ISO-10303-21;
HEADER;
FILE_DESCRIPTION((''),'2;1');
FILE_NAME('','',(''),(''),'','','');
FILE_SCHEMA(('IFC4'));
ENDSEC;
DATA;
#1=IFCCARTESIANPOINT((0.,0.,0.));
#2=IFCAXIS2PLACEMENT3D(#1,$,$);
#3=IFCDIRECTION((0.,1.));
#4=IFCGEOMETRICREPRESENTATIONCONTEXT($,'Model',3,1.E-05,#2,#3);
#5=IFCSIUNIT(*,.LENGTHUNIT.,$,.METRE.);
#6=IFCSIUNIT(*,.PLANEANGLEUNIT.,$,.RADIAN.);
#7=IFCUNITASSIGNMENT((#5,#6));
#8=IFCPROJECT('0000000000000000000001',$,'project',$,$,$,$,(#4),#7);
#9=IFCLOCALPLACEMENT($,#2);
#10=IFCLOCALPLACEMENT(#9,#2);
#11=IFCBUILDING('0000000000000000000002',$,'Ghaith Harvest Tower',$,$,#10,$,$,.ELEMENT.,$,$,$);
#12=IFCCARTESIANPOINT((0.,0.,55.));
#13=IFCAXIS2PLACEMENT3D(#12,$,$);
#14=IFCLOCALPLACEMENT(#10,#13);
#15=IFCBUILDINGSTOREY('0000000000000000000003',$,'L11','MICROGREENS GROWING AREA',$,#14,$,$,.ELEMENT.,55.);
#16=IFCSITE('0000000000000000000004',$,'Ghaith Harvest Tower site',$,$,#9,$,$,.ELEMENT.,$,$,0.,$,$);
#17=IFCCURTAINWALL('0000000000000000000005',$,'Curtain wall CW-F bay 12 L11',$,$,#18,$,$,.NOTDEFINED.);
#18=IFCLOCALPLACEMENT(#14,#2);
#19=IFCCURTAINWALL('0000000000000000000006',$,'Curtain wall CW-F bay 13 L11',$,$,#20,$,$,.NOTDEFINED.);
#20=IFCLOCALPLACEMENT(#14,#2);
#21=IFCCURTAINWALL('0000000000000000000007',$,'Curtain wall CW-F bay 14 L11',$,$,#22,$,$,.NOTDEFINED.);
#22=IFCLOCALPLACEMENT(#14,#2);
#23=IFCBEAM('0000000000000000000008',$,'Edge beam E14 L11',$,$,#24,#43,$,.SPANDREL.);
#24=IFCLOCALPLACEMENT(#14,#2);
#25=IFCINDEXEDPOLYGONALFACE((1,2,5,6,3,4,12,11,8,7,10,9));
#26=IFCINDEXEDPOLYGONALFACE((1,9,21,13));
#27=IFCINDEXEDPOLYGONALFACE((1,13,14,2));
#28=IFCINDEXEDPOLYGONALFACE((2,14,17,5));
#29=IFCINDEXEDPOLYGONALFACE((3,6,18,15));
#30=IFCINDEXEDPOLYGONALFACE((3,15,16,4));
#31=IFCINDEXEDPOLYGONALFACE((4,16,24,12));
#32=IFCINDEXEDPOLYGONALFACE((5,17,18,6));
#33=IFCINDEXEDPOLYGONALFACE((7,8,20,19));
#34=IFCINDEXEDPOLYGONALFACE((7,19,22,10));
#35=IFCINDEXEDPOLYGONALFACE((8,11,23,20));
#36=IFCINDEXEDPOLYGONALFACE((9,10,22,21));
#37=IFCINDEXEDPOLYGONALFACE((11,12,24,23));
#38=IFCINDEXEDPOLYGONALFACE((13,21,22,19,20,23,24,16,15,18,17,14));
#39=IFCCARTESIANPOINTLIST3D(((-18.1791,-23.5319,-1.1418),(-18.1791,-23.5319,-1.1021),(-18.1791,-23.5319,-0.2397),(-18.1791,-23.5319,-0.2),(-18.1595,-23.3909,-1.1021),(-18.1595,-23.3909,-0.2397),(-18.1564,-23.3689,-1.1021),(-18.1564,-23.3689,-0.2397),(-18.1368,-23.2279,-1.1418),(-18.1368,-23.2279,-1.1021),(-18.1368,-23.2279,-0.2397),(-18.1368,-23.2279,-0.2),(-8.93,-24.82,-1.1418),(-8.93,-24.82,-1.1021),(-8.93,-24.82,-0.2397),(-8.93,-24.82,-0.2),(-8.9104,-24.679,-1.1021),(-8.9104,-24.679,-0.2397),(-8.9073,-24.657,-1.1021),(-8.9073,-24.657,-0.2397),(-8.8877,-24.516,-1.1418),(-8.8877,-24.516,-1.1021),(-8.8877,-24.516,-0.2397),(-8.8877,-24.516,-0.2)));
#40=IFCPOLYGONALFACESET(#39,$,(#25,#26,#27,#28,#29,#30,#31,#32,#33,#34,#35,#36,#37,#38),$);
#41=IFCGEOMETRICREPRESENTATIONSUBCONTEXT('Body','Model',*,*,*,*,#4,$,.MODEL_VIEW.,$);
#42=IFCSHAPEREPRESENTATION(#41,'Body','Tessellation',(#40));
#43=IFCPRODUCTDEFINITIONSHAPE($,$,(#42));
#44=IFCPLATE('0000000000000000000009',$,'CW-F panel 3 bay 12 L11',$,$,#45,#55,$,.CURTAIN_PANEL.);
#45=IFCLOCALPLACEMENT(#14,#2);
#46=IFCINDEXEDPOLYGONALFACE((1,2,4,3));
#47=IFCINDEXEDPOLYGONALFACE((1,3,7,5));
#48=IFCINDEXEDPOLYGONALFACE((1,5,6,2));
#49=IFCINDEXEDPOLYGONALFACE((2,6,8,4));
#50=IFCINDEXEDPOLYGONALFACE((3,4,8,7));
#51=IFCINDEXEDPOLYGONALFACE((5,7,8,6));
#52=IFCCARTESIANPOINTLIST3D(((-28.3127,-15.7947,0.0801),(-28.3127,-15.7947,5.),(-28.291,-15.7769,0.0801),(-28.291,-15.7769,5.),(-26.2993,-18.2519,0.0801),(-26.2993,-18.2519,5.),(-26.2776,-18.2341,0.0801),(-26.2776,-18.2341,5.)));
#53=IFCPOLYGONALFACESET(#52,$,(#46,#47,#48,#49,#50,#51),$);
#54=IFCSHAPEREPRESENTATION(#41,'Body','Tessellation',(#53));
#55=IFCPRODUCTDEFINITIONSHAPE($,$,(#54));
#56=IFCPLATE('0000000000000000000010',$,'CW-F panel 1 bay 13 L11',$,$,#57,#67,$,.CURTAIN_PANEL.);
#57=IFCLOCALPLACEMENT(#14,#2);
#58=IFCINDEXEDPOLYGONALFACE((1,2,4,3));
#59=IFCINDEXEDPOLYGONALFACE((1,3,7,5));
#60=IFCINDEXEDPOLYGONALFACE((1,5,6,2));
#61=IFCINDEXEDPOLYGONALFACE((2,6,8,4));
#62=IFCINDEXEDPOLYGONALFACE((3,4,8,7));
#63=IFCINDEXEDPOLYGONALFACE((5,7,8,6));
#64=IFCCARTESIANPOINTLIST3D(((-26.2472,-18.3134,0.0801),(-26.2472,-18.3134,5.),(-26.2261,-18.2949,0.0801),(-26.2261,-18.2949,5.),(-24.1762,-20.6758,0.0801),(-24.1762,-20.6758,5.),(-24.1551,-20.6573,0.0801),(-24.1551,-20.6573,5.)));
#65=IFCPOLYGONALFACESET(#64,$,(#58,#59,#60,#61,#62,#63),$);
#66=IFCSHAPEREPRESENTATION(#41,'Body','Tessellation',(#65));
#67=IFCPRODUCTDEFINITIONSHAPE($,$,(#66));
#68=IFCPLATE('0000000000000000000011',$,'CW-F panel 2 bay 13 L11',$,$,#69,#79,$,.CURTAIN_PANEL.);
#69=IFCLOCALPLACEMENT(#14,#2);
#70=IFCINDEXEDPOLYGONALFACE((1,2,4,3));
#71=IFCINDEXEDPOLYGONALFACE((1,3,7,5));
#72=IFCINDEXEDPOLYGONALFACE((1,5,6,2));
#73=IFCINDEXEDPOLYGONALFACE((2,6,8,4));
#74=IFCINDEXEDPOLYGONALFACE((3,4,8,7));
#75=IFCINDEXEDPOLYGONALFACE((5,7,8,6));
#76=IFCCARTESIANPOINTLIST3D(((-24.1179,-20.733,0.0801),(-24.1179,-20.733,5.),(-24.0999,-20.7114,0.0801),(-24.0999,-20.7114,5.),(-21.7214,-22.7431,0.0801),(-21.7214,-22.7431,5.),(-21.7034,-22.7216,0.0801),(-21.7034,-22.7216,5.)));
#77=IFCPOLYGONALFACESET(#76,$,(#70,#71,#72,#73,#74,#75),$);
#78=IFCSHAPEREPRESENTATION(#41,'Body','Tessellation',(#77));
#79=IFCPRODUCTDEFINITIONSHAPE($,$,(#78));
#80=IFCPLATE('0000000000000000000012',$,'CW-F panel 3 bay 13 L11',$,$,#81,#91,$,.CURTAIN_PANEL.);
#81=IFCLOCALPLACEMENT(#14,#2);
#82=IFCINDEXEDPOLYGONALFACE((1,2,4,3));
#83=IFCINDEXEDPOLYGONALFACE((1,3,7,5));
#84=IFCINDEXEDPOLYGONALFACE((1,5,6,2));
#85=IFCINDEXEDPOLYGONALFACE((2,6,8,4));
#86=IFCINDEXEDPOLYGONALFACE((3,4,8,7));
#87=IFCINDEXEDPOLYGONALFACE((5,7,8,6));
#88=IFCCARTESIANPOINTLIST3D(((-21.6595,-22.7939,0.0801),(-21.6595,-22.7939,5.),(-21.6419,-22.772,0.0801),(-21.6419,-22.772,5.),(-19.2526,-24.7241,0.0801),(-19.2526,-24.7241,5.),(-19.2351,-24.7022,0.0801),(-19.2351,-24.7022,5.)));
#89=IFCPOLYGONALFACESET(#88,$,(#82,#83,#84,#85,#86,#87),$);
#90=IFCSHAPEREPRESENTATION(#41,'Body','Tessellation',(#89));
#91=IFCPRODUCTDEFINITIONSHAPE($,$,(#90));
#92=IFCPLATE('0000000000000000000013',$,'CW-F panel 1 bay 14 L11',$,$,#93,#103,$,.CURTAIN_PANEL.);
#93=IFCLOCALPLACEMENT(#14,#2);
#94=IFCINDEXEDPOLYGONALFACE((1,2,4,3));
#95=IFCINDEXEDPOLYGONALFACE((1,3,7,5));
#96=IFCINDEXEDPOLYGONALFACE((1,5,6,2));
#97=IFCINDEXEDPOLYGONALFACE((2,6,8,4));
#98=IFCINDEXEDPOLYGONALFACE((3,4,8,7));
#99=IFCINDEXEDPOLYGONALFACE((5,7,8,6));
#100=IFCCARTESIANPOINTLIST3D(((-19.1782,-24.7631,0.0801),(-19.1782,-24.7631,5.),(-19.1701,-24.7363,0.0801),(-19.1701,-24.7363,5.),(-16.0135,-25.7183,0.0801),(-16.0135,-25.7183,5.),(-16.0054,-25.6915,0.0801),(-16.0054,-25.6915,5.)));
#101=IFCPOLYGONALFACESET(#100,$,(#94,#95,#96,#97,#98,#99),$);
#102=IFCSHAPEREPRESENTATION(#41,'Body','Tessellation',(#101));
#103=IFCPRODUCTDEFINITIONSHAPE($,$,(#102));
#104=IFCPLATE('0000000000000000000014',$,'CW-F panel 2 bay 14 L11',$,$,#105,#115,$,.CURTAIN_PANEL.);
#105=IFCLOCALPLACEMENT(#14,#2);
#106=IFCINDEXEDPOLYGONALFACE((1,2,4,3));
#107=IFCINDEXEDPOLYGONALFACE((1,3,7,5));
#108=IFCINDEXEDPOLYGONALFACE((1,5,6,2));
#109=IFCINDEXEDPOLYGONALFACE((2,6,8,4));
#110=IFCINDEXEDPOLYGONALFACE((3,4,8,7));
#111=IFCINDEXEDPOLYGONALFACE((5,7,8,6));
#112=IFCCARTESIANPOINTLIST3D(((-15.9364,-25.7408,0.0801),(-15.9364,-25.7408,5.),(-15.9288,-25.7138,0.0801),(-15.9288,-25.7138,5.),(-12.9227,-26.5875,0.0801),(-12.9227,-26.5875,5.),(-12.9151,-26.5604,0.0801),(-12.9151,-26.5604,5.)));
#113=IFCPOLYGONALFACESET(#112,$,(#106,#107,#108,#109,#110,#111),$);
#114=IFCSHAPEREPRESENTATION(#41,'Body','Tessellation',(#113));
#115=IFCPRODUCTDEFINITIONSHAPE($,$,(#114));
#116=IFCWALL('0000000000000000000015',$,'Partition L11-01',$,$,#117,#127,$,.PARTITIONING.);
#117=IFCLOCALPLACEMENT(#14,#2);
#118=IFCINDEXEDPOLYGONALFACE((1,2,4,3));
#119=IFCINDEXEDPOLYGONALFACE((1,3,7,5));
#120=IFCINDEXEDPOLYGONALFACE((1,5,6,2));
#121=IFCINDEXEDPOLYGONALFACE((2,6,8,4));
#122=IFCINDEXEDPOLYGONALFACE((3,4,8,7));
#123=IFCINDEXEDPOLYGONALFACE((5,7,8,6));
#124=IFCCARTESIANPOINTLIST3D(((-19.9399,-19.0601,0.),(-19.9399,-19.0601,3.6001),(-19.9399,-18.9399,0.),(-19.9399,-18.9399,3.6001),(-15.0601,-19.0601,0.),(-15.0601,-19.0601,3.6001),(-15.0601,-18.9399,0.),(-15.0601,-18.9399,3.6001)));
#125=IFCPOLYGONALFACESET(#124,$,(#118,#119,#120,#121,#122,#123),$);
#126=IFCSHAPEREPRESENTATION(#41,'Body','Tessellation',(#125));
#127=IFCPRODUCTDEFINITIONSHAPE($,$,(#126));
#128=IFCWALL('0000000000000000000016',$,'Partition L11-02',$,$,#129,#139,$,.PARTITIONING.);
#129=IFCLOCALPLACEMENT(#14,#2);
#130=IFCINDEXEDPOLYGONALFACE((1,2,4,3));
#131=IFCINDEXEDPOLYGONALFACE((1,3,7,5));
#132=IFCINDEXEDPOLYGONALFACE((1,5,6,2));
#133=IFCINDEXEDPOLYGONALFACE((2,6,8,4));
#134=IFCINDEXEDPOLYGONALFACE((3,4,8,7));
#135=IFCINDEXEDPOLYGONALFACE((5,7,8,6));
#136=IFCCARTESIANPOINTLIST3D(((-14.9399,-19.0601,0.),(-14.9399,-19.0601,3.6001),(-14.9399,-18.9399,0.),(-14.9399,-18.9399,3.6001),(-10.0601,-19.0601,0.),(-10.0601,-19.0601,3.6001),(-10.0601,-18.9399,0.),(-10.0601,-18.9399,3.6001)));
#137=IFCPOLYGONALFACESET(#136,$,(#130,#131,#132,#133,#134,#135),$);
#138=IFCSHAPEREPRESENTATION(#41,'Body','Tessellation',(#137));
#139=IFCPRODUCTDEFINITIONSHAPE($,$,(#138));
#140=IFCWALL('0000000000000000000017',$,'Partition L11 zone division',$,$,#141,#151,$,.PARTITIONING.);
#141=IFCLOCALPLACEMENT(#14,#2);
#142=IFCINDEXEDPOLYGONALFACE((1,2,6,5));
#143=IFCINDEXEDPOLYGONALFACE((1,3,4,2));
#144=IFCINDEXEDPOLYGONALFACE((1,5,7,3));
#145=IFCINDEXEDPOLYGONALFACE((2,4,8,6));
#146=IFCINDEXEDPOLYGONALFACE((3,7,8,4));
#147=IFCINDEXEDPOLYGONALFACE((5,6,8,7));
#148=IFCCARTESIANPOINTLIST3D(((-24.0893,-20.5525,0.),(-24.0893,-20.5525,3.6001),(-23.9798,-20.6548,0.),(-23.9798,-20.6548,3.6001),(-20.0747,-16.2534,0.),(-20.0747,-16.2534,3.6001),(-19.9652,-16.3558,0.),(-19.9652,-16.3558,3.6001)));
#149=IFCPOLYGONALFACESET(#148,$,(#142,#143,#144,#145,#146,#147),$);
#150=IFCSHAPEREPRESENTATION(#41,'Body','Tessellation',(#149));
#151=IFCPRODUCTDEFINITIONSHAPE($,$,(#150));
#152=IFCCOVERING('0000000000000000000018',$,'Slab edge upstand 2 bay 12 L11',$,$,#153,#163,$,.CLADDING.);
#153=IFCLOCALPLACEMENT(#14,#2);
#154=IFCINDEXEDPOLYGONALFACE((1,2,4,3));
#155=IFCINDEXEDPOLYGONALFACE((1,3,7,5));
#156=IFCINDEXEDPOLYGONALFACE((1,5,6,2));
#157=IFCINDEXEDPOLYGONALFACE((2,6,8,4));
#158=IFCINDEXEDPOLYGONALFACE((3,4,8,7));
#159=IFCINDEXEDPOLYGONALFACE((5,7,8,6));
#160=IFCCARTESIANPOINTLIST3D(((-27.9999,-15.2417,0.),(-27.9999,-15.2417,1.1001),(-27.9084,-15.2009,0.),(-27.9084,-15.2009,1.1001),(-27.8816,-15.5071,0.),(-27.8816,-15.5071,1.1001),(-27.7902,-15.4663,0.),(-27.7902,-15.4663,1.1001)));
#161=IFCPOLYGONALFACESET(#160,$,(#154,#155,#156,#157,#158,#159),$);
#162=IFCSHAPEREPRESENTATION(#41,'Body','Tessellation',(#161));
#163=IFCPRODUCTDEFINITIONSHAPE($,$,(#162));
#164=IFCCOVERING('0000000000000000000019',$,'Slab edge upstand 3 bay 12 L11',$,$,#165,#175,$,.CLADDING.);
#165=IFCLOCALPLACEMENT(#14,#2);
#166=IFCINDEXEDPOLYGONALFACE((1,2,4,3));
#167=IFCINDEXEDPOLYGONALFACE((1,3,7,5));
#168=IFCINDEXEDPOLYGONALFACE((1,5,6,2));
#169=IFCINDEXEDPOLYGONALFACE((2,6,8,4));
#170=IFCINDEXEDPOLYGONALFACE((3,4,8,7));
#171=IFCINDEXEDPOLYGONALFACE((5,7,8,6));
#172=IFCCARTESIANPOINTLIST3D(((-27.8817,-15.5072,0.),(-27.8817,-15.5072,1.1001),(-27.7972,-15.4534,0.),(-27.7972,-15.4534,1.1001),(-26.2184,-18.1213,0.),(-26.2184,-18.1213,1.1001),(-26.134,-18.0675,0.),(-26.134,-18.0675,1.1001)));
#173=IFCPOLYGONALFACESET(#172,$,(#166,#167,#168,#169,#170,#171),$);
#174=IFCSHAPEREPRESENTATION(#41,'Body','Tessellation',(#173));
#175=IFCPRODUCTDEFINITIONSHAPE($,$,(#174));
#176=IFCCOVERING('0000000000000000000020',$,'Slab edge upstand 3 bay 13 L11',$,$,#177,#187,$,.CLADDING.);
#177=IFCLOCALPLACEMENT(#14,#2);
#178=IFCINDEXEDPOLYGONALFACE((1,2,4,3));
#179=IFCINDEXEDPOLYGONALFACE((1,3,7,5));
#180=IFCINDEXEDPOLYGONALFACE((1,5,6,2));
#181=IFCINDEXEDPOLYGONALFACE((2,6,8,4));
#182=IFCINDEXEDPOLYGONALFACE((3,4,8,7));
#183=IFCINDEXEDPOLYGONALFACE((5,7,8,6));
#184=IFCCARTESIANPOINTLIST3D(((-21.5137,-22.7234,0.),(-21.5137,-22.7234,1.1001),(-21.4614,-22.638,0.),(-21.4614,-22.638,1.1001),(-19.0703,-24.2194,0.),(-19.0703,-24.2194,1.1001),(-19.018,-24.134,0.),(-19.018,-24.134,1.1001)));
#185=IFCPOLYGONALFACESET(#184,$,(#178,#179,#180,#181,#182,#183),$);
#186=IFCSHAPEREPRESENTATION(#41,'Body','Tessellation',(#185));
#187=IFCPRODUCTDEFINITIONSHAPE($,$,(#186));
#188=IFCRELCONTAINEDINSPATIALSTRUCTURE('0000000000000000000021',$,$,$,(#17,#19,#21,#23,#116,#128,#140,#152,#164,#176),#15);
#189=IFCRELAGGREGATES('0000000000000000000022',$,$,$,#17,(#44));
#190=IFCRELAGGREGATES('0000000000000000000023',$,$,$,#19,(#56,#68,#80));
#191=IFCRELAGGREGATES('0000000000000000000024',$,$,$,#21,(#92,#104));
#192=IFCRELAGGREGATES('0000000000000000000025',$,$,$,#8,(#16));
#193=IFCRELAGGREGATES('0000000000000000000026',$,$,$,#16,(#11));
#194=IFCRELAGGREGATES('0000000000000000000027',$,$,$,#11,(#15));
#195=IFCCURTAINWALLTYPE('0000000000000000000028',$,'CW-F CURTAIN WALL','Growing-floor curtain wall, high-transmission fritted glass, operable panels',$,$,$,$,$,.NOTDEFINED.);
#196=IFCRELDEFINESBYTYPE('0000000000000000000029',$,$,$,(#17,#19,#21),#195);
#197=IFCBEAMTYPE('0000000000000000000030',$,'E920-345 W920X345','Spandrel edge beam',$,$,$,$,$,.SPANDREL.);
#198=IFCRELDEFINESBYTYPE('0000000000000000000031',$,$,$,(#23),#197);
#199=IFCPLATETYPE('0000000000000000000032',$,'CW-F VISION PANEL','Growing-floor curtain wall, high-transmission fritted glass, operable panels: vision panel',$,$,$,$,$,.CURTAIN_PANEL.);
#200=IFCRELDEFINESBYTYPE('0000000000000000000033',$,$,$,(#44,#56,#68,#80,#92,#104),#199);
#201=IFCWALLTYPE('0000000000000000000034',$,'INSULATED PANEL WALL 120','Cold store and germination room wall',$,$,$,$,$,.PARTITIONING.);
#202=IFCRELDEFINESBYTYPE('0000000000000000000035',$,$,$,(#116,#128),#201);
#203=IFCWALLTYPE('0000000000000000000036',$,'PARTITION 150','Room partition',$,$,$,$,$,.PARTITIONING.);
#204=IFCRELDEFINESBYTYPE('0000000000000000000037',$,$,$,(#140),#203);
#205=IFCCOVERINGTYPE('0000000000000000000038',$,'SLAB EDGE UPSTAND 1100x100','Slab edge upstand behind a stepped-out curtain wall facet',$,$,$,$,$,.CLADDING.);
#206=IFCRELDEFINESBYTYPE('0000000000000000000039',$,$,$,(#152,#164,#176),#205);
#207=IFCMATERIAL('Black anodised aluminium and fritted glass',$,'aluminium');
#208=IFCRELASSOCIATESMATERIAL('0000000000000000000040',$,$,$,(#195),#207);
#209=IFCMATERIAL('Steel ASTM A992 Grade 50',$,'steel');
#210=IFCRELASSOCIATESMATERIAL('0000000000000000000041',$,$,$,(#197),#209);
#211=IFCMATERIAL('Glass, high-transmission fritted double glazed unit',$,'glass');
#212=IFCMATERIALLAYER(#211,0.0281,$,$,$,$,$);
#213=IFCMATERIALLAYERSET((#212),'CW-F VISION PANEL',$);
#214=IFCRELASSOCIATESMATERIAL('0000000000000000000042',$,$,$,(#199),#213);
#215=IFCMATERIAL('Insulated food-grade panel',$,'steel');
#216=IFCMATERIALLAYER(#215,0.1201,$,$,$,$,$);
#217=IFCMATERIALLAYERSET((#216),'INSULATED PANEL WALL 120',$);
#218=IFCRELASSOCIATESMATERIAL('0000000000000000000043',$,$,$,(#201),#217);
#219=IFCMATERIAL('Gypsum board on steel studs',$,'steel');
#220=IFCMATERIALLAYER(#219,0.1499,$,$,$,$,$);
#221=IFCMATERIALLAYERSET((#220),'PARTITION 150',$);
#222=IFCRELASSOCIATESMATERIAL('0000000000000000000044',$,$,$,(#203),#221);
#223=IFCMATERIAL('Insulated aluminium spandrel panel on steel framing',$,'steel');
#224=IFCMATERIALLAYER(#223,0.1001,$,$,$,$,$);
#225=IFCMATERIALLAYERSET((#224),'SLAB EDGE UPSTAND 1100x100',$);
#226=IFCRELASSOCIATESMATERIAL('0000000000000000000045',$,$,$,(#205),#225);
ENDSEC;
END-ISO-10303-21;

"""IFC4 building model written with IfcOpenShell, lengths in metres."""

from ifc_helpers import new_model, si_unit, direction, frame, frame_2d, origin, origin_2d, place, context, subcontext, project, spatial, rectangle, i_section, extrude, material, layer, layer_set, material_profile, profile_set, type_object, element, aggregate, save


model = new_model("IFC4")

# Units and contexts
model_context = context("Model", 3, precision=1e-05, world=origin(), true_north=direction((0.0, 1.0)))
body_context = subcontext(model_context, "Body", "Model", "MODEL_VIEW")
ifc_project = project(units=[si_unit("LENGTHUNIT", "METRE"), si_unit("PLANEANGLEUNIT", "RADIAN")], contexts=[model_context])

# Site, building, storey
site_placement = place(None, origin())
site = spatial("IfcSite", under=ifc_project, at=site_placement, Name="Ghaith Harvest Tower site", CompositionType="ELEMENT", RefElevation=0.0)
building_placement = place(site_placement, origin())
building = spatial("IfcBuilding", under=site, at=building_placement, Name="Ghaith Harvest Tower", CompositionType="ELEMENT")
storey_placement = place(building_placement, frame((0.0, 0.0, 55.0)))
storey = spatial("IfcBuildingStorey", under=building, at=storey_placement, Name="L11", Description="MICROGREENS GROWING AREA", CompositionType="ELEMENT", Elevation=55.0)

# Curtain wall
ifc_material_1 = material(Name="Black anodised aluminium and fritted glass", Category="aluminium")
curtain_wall_type = type_object("IfcCurtainWallType", Name="CW-F CURTAIN WALL", Description="Growing-floor curtain wall, high-transmission fritted glass, operable panels", PredefinedType="NOTDEFINED", material=ifc_material_1)
curtain_wall_1_placement = place(storey_placement, origin())
curtain_wall_1 = element("IfcCurtainWall", 1, at=curtain_wall_1_placement, inside=storey, type_object=curtain_wall_type, Name="Curtain wall CW-F bay 12 L11", PredefinedType="NOTDEFINED")

# Curtain walls
curtain_wall_2_placement = place(storey_placement, origin())
curtain_wall_2 = element("IfcCurtainWall", 2, at=curtain_wall_2_placement, inside=storey, type_object=curtain_wall_type, Name="Curtain wall CW-F bay 13 L11", PredefinedType="NOTDEFINED")
curtain_wall_3_placement = place(storey_placement, origin())
curtain_wall_3 = element("IfcCurtainWall", 3, at=curtain_wall_3_placement, inside=storey, type_object=curtain_wall_type, Name="Curtain wall CW-F bay 14 L11", PredefinedType="NOTDEFINED")

# Beam
ifc_material_2 = material(Name="Steel ASTM A992 Grade 50", Category="steel")
ifc_material_profile_1 = material_profile(ifc_material_2, i_section(OverallWidth=0.3069, OverallDepth=0.9419, WebThickness=0.0222, FlangeThickness=0.0398, at=origin_2d()), Name="W920X345")
ifc_profile_set_1 = profile_set([ifc_material_profile_1], Name="Steel ASTM A992 Grade 50")
beam_type = type_object("IfcBeamType", Name="E920-345 W920X345", Description="Spandrel edge beam", PredefinedType="SPANDREL", material=ifc_profile_set_1)
beam_placement = place(storey_placement, frame((-18.158, -23.3799, -0.6709), z_axis=(0.990441, -0.137936, 0.0), x_axis=(0.137936, 0.990441, 0.0)))
element("IfcBeam", 4, at=beam_placement, inside=storey, type_object=beam_type, Name="Edge beam E14 L11", PredefinedType="SPANDREL", context=body_context, shape_type="SweptSolid", body=[
    extrude(i_section(OverallWidth=0.3069, OverallDepth=0.9419, WebThickness=0.0222, FlangeThickness=0.0398, at=origin_2d()), origin(), (0.0, 0.0, 1.0), 9.3384),
])

# Plates
ifc_material_3 = material(Name="Glass, high-transmission fritted double glazed unit", Category="glass")
ifc_layer_1 = layer(ifc_material_3, 0.0281)
ifc_layer_set_1 = layer_set([ifc_layer_1], Name="CW-F VISION PANEL")
plate_type = type_object("IfcPlateType", Name="CW-F VISION PANEL", Description="Growing-floor curtain wall, high-transmission fritted glass, operable panels: vision panel", PredefinedType="CURTAIN_PANEL", material=ifc_layer_set_1)
plate_1_placement = place(storey_placement, frame((-27.2952, -17.0144, 0.0801), z_axis=(0.0, 0.0, 1.0), x_axis=(0.63379, -0.773505, 0.0)))
plate_1 = element("IfcPlate", 5, at=plate_1_placement, type_object=plate_type, Name="CW-F panel 3 bay 12 L11", PredefinedType="CURTAIN_PANEL", context=body_context, shape_type="SweptSolid", body=[
    extrude(rectangle(XDim=3.1768, YDim=0.0281, at=origin_2d()), origin(), (0.0, 0.0, 1.0), 4.9199),
])
aggregate(curtain_wall_1, [plate_1])
plate_2_placement = place(storey_placement, frame((-25.2012, -19.4854, 0.0801), z_axis=(0.0, 0.0, 1.0), x_axis=(0.659216, -0.751954, 0.0)))
plate_2 = element("IfcPlate", 6, at=plate_2_placement, type_object=plate_type, Name="CW-F panel 1 bay 13 L11", PredefinedType="CURTAIN_PANEL", context=body_context, shape_type="SweptSolid", body=[
    extrude(rectangle(XDim=3.1416, YDim=0.0281, at=origin_2d()), origin(), (0.0, 0.0, 1.0), 4.9199),
])
plate_3_placement = place(storey_placement, frame((-22.9106, -21.7273, 0.0801), z_axis=(0.0, 0.0, 1.0), x_axis=(0.766155, -0.642656, 0.0)))
plate_3 = element("IfcPlate", 7, at=plate_3_placement, type_object=plate_type, Name="CW-F panel 2 bay 13 L11", PredefinedType="CURTAIN_PANEL", context=body_context, shape_type="SweptSolid", body=[
    extrude(rectangle(XDim=3.1279, YDim=0.0281, at=origin_2d()), origin(), (0.0, 0.0, 1.0), 4.9199),
])
plate_4_placement = place(storey_placement, frame((-20.4473, -23.748, 0.0801), z_axis=(0.0, 0.0, 1.0), x_axis=(0.780122, -0.625627, 0.0)))
plate_4 = element("IfcPlate", 8, at=plate_4_placement, type_object=plate_type, Name="CW-F panel 3 bay 13 L11", PredefinedType="CURTAIN_PANEL", context=body_context, shape_type="SweptSolid", body=[
    extrude(rectangle(XDim=3.0852, YDim=0.0281, at=origin_2d()), origin(), (0.0, 0.0, 1.0), 4.9199),
])
aggregate(curtain_wall_2, [plate_2, plate_3, plate_4])
plate_5_placement = place(storey_placement, frame((-17.5918, -25.2273, 0.0801), z_axis=(0.0, 0.0, 1.0), x_axis=(0.957342, -0.288956, 0.0)))
plate_5 = element("IfcPlate", 9, at=plate_5_placement, type_object=plate_type, Name="CW-F panel 1 bay 14 L11", PredefinedType="CURTAIN_PANEL", context=body_context, shape_type="SweptSolid", body=[
    extrude(rectangle(XDim=3.3057, YDim=0.0281, at=origin_2d()), origin(), (0.0, 0.0, 1.0), 4.9199),
])
plate_6_placement = place(storey_placement, frame((-14.4258, -26.1506, 0.0801), z_axis=(0.0, 0.0, 1.0), x_axis=(0.96273, -0.270465, 0.0)))
plate_6 = element("IfcPlate", 10, at=plate_6_placement, type_object=plate_type, Name="CW-F panel 2 bay 14 L11", PredefinedType="CURTAIN_PANEL", context=body_context, shape_type="SweptSolid", body=[
    extrude(rectangle(XDim=3.1304, YDim=0.0281, at=origin_2d()), origin(), (0.0, 0.0, 1.0), 4.9199),
])
aggregate(curtain_wall_3, [plate_5, plate_6])

# Walls
ifc_material_4 = material(Name="Insulated food-grade panel", Category="steel")
ifc_layer_2 = layer(ifc_material_4, 0.1201)
ifc_layer_set_2 = layer_set([ifc_layer_2], Name="INSULATED PANEL WALL 120")
wall_type_1 = type_object("IfcWallType", Name="INSULATED PANEL WALL 120", Description="Cold store and germination room wall", PredefinedType="PARTITIONING", material=ifc_layer_set_2)
for number, where, z_axis, x_axis, name in (
    (11, (-19.9399, -19.0, 0.0), (0.0, 0.0, 1.0), (1.0, 0.0, 0.0), "Partition L11-01"),
    (12, (-14.9399, -19.0, 0.0), (0.0, 0.0, 1.0), (1.0, 0.0, 0.0), "Partition L11-02"),
):
    element("IfcWall", number, at=place(storey_placement, frame(where, z_axis=z_axis, x_axis=x_axis)), inside=storey, type_object=wall_type_1, Name=name, PredefinedType="PARTITIONING", context=body_context, shape_type="SweptSolid", body=[
        extrude(rectangle(XDim=4.8799, YDim=0.1201, at=frame_2d((2.4399, 0.0))), origin(), (0.0, 0.0, 1.0), 3.6001),
    ])
ifc_material_5 = material(Name="Gypsum board on steel studs", Category="steel")
ifc_layer_3 = layer(ifc_material_5, 0.1499)
ifc_layer_set_3 = layer_set([ifc_layer_3], Name="PARTITION 150")
wall_type_2 = type_object("IfcWallType", Name="PARTITION 150", Description="Room partition", PredefinedType="PARTITIONING", material=ifc_layer_set_3)
wall_placement = place(storey_placement, frame((-20.02, -16.3047, 0.0), z_axis=(0.0, 0.0, 1.0), x_axis=(-0.682516, -0.73087, 0.0)))
element("IfcWall", 13, at=wall_placement, inside=storey, type_object=wall_type_2, Name="Partition L11 zone division", PredefinedType="PARTITIONING", context=body_context, shape_type="SweptSolid", body=[
    extrude(rectangle(XDim=5.8821, YDim=0.1499, at=frame_2d((2.9409, 0.0))), origin(), (0.0, 0.0, 1.0), 3.6001),
])

# Coverings
ifc_material_6 = material(Name="Insulated aluminium spandrel panel on steel framing", Category="steel")
ifc_layer_4 = layer(ifc_material_6, 0.1001)
ifc_layer_set_4 = layer_set([ifc_layer_4], Name="SLAB EDGE UPSTAND 1100x100")
covering_type = type_object("IfcCoveringType", Name="SLAB EDGE UPSTAND 1100x100", Description="Slab edge upstand behind a stepped-out curtain wall facet", PredefinedType="CLADDING", material=ifc_layer_set_4)
covering_1_placement = place(storey_placement, frame((-27.895, -15.354, 0.0), z_axis=(0.0, 0.0, 1.0), x_axis=(0.407003, -0.913427, 0.0)))
element("IfcCovering", 14, at=covering_1_placement, inside=storey, type_object=covering_type, Name="Slab edge upstand 2 bay 12 L11", PredefinedType="CLADDING", context=body_context, shape_type="SweptSolid", body=[
    extrude(rectangle(XDim=0.2905, YDim=0.1001, at=origin_2d()), origin(), (0.0, 0.0, 1.0), 1.1001),
])
covering_2_placement = place(storey_placement, frame((-27.0078, -16.7874, 0.0), z_axis=(0.0, 0.0, 1.0), x_axis=(0.536807, -0.843705, 0.0)))
element("IfcCovering", 15, at=covering_2_placement, inside=storey, type_object=covering_type, Name="Slab edge upstand 3 bay 12 L11", PredefinedType="CLADDING", context=body_context, shape_type="SweptSolid", body=[
    extrude(rectangle(XDim=3.0984, YDim=0.1001, at=origin_2d()), origin(), (0.0, 0.0, 1.0), 1.1001),
])
covering_3_placement = place(storey_placement, frame((-20.2659, -23.4287, 0.0), z_axis=(0.0, 0.0, 1.0), x_axis=(0.852847, -0.522161, 0.0)))
element("IfcCovering", 16, at=covering_3_placement, inside=storey, type_object=covering_type, Name="Slab edge upstand 3 bay 13 L11", PredefinedType="CLADDING", context=body_context, shape_type="SweptSolid", body=[
    extrude(rectangle(XDim=2.865, YDim=0.1001, at=origin_2d()), origin(), (0.0, 0.0, 1.0), 1.1001),
])

save(model, "model.ifc")
